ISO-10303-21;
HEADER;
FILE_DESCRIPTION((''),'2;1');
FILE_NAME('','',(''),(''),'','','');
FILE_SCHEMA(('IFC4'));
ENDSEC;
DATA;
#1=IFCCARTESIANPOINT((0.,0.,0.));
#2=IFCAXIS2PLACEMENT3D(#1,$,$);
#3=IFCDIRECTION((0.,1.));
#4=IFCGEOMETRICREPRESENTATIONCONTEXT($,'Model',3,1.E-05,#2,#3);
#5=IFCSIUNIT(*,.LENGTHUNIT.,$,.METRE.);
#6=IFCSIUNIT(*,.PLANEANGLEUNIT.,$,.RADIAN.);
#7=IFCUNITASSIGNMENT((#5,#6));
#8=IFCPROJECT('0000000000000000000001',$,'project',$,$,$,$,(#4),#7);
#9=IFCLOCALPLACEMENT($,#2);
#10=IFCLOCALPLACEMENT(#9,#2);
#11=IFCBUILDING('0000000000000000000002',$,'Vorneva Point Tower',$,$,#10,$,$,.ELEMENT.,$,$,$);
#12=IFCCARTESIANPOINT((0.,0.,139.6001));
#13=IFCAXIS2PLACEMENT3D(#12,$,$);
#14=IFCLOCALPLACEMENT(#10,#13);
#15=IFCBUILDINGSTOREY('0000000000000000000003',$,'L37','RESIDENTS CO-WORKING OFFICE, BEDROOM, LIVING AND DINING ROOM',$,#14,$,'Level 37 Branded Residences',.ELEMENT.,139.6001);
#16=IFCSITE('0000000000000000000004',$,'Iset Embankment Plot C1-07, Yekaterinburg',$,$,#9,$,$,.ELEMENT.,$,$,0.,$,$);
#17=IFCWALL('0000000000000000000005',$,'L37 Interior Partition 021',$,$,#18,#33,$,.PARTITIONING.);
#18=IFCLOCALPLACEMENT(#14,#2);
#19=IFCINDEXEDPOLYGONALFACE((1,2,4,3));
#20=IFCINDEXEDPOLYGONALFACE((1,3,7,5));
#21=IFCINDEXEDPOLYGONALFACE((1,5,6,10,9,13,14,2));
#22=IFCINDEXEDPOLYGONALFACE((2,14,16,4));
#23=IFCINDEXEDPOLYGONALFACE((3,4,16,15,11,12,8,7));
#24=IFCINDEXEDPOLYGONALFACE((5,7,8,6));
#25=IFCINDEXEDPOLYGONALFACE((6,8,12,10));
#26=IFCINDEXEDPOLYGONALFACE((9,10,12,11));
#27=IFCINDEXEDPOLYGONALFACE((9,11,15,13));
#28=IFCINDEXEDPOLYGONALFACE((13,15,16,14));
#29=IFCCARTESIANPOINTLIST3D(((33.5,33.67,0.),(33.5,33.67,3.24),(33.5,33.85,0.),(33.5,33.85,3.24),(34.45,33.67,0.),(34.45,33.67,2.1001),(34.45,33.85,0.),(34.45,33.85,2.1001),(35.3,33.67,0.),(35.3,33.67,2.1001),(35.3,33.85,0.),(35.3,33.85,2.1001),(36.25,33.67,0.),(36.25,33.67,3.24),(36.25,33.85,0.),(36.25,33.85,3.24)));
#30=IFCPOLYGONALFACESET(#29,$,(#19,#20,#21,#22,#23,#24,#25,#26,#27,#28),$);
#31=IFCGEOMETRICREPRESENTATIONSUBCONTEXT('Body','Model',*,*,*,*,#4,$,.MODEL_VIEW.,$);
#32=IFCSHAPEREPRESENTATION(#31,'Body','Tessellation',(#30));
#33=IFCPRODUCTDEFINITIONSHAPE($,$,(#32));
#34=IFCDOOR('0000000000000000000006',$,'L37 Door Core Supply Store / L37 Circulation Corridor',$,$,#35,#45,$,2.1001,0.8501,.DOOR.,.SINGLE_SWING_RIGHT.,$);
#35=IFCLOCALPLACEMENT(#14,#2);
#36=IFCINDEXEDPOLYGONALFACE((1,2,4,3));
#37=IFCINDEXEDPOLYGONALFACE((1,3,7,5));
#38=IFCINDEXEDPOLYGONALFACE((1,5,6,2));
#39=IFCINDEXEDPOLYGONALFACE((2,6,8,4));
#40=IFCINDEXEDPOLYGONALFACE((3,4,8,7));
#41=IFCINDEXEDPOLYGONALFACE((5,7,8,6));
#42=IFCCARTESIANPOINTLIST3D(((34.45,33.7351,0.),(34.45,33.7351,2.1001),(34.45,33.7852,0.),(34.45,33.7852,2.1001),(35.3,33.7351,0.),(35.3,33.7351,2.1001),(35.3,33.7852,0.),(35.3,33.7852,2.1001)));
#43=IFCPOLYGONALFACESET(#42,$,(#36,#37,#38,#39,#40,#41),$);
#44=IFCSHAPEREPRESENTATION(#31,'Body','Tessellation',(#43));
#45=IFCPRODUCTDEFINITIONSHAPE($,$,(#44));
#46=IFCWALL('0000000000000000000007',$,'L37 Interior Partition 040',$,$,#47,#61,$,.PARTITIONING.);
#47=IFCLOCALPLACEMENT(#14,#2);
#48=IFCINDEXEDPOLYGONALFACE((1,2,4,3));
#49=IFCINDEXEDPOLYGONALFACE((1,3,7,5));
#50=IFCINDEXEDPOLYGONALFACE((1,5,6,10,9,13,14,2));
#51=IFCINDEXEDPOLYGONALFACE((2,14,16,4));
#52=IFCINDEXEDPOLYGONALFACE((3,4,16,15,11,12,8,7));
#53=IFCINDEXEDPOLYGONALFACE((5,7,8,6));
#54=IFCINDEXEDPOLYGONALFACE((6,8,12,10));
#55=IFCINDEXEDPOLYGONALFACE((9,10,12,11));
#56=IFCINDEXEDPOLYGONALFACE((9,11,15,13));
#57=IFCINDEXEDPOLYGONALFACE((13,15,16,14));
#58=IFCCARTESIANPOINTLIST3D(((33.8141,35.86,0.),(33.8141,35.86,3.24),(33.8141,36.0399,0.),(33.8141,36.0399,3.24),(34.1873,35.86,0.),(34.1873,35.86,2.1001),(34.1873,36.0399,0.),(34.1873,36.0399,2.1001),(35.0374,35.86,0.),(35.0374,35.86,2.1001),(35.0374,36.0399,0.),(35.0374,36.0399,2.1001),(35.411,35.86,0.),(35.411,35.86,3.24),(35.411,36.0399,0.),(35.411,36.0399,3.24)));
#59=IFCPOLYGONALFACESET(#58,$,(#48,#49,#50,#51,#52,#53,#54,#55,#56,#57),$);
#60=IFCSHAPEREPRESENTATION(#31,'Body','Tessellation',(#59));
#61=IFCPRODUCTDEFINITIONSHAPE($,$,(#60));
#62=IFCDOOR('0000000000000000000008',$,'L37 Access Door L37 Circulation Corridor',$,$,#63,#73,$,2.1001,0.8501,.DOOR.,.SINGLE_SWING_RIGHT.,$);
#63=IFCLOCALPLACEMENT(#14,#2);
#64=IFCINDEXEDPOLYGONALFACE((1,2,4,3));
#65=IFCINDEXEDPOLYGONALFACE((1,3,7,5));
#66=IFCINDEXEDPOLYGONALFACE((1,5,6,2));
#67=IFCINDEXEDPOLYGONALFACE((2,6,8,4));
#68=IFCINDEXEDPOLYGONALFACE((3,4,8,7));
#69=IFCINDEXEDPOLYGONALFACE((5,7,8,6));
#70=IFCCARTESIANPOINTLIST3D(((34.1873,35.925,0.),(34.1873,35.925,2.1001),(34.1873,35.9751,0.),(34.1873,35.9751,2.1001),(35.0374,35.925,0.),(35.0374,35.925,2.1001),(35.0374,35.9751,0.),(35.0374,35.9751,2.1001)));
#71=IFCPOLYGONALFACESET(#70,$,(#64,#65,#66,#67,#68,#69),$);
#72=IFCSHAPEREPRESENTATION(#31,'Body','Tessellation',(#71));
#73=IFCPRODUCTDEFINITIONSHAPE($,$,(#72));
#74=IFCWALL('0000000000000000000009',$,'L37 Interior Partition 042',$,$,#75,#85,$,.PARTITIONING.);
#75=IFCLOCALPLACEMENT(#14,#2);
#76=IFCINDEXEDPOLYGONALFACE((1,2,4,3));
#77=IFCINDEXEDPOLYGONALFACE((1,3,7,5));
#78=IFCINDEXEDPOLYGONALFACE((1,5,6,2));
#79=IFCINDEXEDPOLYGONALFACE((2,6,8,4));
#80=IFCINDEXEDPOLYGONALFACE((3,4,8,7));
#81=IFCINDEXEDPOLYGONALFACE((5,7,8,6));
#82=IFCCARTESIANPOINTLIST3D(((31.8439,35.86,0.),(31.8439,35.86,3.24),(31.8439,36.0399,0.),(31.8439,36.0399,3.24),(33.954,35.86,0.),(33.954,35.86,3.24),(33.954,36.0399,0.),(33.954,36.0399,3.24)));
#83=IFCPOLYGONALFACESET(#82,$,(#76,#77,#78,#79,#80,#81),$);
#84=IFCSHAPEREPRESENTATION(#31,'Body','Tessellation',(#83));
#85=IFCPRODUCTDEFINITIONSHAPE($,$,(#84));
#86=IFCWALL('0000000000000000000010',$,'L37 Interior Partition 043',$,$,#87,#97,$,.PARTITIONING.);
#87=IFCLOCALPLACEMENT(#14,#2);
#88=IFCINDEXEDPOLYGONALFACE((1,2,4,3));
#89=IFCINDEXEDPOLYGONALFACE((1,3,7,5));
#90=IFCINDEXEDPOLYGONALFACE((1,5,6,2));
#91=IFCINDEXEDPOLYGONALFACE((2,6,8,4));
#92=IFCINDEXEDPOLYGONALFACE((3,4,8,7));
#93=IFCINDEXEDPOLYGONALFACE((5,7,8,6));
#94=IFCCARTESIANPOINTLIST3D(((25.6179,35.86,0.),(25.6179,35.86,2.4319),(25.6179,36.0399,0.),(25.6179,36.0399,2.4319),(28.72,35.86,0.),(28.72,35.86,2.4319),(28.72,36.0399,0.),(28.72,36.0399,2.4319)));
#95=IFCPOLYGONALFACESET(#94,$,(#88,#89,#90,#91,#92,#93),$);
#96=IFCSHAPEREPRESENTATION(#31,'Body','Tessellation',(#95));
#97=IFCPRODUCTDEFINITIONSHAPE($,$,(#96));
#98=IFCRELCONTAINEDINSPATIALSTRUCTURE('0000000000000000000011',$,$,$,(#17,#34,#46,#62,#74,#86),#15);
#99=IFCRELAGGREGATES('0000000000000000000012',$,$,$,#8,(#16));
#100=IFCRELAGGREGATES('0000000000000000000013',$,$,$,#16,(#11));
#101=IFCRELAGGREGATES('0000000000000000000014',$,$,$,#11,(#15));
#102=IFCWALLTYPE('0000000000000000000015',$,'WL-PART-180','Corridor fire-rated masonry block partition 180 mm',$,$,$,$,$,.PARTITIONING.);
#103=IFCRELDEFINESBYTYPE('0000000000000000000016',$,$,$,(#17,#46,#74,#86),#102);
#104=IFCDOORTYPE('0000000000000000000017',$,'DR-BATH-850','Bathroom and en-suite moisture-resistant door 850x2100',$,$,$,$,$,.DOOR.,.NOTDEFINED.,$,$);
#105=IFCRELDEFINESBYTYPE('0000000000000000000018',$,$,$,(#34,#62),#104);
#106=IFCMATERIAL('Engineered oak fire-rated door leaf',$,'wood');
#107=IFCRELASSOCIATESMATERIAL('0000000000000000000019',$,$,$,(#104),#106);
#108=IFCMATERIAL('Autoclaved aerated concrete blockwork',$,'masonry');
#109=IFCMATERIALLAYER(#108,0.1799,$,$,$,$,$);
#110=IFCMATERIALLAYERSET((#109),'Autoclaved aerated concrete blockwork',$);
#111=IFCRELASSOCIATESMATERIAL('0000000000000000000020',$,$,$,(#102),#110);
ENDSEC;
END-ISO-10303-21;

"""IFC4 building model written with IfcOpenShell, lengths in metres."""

from ifc_helpers import new_model, si_unit, direction, frame, frame_2d, origin, place, context, subcontext, project, spatial, rectangle, extrude, material, layer, layer_set, type_object, element, fill, save


model = new_model("IFC4")

# Units and contexts
model_context = context("Model", 3, precision=1e-05, world=origin(), true_north=direction((0.0, 1.0)))
body_context = subcontext(model_context, "Body", "Model", "MODEL_VIEW")
ifc_project = project(units=[si_unit("LENGTHUNIT", "METRE"), si_unit("PLANEANGLEUNIT", "RADIAN")], contexts=[model_context])

# Site, building, storey
site_placement = place(None, origin())
site = spatial("IfcSite", under=ifc_project, at=site_placement, Name="Iset Embankment Plot C1-07, Yekaterinburg", CompositionType="ELEMENT", RefElevation=0.0)
building_placement = place(site_placement, origin())
building = spatial("IfcBuilding", under=site, at=building_placement, Name="Vorneva Point Tower", CompositionType="ELEMENT")
storey_placement = place(building_placement, frame((0.0, 0.0, 139.6001)))
storey = spatial("IfcBuildingStorey", under=building, at=storey_placement, Name="L37", Description="RESIDENTS CO-WORKING OFFICE, BEDROOM, LIVING AND DINING ROOM", LongName="Level 37 Branded Residences", CompositionType="ELEMENT", Elevation=139.6001)

# Shared definitions
ifc_material_1 = material(Name="Engineered oak fire-rated door leaf", Category="wood")
door_type_1 = type_object("IfcDoorType", Name="DR-BATH-850", Description="Bathroom and en-suite moisture-resistant door 850x2100", OperationType="NOTDEFINED", PredefinedType="DOOR", material=ifc_material_1)

# Walls, openings, doors
ifc_material_2 = material(Name="Autoclaved aerated concrete blockwork", Category="masonry")
ifc_layer_1 = layer(ifc_material_2, 0.1799)
ifc_layer_set_1 = layer_set([ifc_layer_1], Name="Autoclaved aerated concrete blockwork")
wall_type_1 = type_object("IfcWallType", Name="WL-PART-180", Description="Corridor fire-rated masonry block partition 180 mm", PredefinedType="PARTITIONING", material=ifc_layer_set_1)
wall_1_placement = place(storey_placement, frame((36.25, 33.76, 0.0), z_axis=(0.0, 0.0, 1.0), x_axis=(-1.0, 0.0, 0.0)))
wall_1 = element("IfcWall", 1, at=wall_1_placement, inside=storey, type_object=wall_type_1, Name="L37 Interior Partition 021", PredefinedType="PARTITIONING", context=body_context, shape_type="SweptSolid", body=[
    extrude(rectangle(XDim=2.75, YDim=0.1799, at=frame_2d((1.375, 0.0))), origin(), (0.0, 0.0, 1.0), 3.24),
])
opening_1_placement = place(wall_1_placement, frame((0.95, 0.0, 0.0)))
opening_1 = element("IfcOpeningElement", 2, at=opening_1_placement, cuts=wall_1, PredefinedType="OPENING", context=body_context, shape_type="SweptSolid", body=[
    extrude(rectangle(XDim=0.8501, YDim=2.1001, at=frame_2d((0.425, 1.05))), frame((0.0, 0.105, 0.0), z_axis=(0.0, -1.0, 0.0), x_axis=(1.0, 0.0, 0.0)), (0.0, 0.0, 1.0), 0.2097),
])
door_1_placement = place(opening_1_placement, origin())
door_1 = element("IfcDoor", 3, at=door_1_placement, inside=storey, type_object=door_type_1, Name="L37 Door Core Supply Store / L37 Circulation Corridor", OperationType="SINGLE_SWING_RIGHT", OverallHeight=2.1001, OverallWidth=0.8501, PredefinedType="DOOR", context=body_context, shape_type="SweptSolid", body=[
    extrude(rectangle(XDim=0.8501, YDim=2.1001, at=frame_2d((0.425, 1.05))), frame((0.0, 0.0249, 0.0), z_axis=(0.0, -1.0, 0.0), x_axis=(1.0, 0.0, 0.0)), (0.0, 0.0, 1.0), 0.05),
])
fill(opening_1, door_1)
wall_2_placement = place(storey_placement, frame((35.4109, 35.95, 0.0), z_axis=(0.0, 0.0, 1.0), x_axis=(-1.0, 0.0, 0.0)))
wall_2 = element("IfcWall", 4, at=wall_2_placement, inside=storey, type_object=wall_type_1, Name="L37 Interior Partition 040", PredefinedType="PARTITIONING", context=body_context, shape_type="SweptSolid", body=[
    extrude(rectangle(XDim=1.5969, YDim=0.1799, at=frame_2d((0.7983, 0.0))), origin(), (0.0, 0.0, 1.0), 3.24),
])
opening_2_placement = place(wall_2_placement, frame((0.3735, 0.0, 0.0)))
opening_2 = element("IfcOpeningElement", 5, at=opening_2_placement, cuts=wall_2, PredefinedType="OPENING", context=body_context, shape_type="SweptSolid", body=[
    extrude(rectangle(XDim=0.8501, YDim=2.1001, at=frame_2d((0.425, 1.05))), frame((0.0, 0.105, 0.0), z_axis=(0.0, -1.0, 0.0), x_axis=(1.0, 0.0, 0.0)), (0.0, 0.0, 1.0), 0.2097),
])
door_2_placement = place(opening_2_placement, origin())
door_2 = element("IfcDoor", 6, at=door_2_placement, inside=storey, type_object=door_type_1, Name="L37 Access Door L37 Circulation Corridor", OperationType="SINGLE_SWING_RIGHT", OverallHeight=2.1001, OverallWidth=0.8501, PredefinedType="DOOR", context=body_context, shape_type="SweptSolid", body=[
    extrude(rectangle(XDim=0.8501, YDim=2.1001, at=frame_2d((0.425, 1.05))), frame((0.0, 0.0249, 0.0), z_axis=(0.0, -1.0, 0.0), x_axis=(1.0, 0.0, 0.0)), (0.0, 0.0, 1.0), 0.05),
])
fill(opening_2, door_2)

# Walls
wall_3_placement = place(storey_placement, frame((33.9541, 35.95, 0.0), z_axis=(0.0, 0.0, 1.0), x_axis=(-1.0, 0.0, 0.0)))
element("IfcWall", 7, at=wall_3_placement, inside=storey, type_object=wall_type_1, Name="L37 Interior Partition 042", PredefinedType="PARTITIONING", context=body_context, shape_type="SweptSolid", body=[
    extrude(rectangle(XDim=2.1101, YDim=0.1799, at=frame_2d((1.0552, 0.0))), origin(), (0.0, 0.0, 1.0), 3.24),
])
wall_4_placement = place(storey_placement, frame((28.72, 35.95, 0.0), z_axis=(0.0, 0.0, 1.0), x_axis=(-1.0, 0.0, 0.0)))
element("IfcWall", 8, at=wall_4_placement, inside=storey, type_object=wall_type_1, Name="L37 Interior Partition 043", PredefinedType="PARTITIONING", context=body_context, shape_type="SweptSolid", body=[
    extrude(rectangle(XDim=3.1021, YDim=0.1799, at=frame_2d((1.551, 0.0))), origin(), (0.0, 0.0, 1.0), 2.4319),
])

save(model, "model.ifc")
